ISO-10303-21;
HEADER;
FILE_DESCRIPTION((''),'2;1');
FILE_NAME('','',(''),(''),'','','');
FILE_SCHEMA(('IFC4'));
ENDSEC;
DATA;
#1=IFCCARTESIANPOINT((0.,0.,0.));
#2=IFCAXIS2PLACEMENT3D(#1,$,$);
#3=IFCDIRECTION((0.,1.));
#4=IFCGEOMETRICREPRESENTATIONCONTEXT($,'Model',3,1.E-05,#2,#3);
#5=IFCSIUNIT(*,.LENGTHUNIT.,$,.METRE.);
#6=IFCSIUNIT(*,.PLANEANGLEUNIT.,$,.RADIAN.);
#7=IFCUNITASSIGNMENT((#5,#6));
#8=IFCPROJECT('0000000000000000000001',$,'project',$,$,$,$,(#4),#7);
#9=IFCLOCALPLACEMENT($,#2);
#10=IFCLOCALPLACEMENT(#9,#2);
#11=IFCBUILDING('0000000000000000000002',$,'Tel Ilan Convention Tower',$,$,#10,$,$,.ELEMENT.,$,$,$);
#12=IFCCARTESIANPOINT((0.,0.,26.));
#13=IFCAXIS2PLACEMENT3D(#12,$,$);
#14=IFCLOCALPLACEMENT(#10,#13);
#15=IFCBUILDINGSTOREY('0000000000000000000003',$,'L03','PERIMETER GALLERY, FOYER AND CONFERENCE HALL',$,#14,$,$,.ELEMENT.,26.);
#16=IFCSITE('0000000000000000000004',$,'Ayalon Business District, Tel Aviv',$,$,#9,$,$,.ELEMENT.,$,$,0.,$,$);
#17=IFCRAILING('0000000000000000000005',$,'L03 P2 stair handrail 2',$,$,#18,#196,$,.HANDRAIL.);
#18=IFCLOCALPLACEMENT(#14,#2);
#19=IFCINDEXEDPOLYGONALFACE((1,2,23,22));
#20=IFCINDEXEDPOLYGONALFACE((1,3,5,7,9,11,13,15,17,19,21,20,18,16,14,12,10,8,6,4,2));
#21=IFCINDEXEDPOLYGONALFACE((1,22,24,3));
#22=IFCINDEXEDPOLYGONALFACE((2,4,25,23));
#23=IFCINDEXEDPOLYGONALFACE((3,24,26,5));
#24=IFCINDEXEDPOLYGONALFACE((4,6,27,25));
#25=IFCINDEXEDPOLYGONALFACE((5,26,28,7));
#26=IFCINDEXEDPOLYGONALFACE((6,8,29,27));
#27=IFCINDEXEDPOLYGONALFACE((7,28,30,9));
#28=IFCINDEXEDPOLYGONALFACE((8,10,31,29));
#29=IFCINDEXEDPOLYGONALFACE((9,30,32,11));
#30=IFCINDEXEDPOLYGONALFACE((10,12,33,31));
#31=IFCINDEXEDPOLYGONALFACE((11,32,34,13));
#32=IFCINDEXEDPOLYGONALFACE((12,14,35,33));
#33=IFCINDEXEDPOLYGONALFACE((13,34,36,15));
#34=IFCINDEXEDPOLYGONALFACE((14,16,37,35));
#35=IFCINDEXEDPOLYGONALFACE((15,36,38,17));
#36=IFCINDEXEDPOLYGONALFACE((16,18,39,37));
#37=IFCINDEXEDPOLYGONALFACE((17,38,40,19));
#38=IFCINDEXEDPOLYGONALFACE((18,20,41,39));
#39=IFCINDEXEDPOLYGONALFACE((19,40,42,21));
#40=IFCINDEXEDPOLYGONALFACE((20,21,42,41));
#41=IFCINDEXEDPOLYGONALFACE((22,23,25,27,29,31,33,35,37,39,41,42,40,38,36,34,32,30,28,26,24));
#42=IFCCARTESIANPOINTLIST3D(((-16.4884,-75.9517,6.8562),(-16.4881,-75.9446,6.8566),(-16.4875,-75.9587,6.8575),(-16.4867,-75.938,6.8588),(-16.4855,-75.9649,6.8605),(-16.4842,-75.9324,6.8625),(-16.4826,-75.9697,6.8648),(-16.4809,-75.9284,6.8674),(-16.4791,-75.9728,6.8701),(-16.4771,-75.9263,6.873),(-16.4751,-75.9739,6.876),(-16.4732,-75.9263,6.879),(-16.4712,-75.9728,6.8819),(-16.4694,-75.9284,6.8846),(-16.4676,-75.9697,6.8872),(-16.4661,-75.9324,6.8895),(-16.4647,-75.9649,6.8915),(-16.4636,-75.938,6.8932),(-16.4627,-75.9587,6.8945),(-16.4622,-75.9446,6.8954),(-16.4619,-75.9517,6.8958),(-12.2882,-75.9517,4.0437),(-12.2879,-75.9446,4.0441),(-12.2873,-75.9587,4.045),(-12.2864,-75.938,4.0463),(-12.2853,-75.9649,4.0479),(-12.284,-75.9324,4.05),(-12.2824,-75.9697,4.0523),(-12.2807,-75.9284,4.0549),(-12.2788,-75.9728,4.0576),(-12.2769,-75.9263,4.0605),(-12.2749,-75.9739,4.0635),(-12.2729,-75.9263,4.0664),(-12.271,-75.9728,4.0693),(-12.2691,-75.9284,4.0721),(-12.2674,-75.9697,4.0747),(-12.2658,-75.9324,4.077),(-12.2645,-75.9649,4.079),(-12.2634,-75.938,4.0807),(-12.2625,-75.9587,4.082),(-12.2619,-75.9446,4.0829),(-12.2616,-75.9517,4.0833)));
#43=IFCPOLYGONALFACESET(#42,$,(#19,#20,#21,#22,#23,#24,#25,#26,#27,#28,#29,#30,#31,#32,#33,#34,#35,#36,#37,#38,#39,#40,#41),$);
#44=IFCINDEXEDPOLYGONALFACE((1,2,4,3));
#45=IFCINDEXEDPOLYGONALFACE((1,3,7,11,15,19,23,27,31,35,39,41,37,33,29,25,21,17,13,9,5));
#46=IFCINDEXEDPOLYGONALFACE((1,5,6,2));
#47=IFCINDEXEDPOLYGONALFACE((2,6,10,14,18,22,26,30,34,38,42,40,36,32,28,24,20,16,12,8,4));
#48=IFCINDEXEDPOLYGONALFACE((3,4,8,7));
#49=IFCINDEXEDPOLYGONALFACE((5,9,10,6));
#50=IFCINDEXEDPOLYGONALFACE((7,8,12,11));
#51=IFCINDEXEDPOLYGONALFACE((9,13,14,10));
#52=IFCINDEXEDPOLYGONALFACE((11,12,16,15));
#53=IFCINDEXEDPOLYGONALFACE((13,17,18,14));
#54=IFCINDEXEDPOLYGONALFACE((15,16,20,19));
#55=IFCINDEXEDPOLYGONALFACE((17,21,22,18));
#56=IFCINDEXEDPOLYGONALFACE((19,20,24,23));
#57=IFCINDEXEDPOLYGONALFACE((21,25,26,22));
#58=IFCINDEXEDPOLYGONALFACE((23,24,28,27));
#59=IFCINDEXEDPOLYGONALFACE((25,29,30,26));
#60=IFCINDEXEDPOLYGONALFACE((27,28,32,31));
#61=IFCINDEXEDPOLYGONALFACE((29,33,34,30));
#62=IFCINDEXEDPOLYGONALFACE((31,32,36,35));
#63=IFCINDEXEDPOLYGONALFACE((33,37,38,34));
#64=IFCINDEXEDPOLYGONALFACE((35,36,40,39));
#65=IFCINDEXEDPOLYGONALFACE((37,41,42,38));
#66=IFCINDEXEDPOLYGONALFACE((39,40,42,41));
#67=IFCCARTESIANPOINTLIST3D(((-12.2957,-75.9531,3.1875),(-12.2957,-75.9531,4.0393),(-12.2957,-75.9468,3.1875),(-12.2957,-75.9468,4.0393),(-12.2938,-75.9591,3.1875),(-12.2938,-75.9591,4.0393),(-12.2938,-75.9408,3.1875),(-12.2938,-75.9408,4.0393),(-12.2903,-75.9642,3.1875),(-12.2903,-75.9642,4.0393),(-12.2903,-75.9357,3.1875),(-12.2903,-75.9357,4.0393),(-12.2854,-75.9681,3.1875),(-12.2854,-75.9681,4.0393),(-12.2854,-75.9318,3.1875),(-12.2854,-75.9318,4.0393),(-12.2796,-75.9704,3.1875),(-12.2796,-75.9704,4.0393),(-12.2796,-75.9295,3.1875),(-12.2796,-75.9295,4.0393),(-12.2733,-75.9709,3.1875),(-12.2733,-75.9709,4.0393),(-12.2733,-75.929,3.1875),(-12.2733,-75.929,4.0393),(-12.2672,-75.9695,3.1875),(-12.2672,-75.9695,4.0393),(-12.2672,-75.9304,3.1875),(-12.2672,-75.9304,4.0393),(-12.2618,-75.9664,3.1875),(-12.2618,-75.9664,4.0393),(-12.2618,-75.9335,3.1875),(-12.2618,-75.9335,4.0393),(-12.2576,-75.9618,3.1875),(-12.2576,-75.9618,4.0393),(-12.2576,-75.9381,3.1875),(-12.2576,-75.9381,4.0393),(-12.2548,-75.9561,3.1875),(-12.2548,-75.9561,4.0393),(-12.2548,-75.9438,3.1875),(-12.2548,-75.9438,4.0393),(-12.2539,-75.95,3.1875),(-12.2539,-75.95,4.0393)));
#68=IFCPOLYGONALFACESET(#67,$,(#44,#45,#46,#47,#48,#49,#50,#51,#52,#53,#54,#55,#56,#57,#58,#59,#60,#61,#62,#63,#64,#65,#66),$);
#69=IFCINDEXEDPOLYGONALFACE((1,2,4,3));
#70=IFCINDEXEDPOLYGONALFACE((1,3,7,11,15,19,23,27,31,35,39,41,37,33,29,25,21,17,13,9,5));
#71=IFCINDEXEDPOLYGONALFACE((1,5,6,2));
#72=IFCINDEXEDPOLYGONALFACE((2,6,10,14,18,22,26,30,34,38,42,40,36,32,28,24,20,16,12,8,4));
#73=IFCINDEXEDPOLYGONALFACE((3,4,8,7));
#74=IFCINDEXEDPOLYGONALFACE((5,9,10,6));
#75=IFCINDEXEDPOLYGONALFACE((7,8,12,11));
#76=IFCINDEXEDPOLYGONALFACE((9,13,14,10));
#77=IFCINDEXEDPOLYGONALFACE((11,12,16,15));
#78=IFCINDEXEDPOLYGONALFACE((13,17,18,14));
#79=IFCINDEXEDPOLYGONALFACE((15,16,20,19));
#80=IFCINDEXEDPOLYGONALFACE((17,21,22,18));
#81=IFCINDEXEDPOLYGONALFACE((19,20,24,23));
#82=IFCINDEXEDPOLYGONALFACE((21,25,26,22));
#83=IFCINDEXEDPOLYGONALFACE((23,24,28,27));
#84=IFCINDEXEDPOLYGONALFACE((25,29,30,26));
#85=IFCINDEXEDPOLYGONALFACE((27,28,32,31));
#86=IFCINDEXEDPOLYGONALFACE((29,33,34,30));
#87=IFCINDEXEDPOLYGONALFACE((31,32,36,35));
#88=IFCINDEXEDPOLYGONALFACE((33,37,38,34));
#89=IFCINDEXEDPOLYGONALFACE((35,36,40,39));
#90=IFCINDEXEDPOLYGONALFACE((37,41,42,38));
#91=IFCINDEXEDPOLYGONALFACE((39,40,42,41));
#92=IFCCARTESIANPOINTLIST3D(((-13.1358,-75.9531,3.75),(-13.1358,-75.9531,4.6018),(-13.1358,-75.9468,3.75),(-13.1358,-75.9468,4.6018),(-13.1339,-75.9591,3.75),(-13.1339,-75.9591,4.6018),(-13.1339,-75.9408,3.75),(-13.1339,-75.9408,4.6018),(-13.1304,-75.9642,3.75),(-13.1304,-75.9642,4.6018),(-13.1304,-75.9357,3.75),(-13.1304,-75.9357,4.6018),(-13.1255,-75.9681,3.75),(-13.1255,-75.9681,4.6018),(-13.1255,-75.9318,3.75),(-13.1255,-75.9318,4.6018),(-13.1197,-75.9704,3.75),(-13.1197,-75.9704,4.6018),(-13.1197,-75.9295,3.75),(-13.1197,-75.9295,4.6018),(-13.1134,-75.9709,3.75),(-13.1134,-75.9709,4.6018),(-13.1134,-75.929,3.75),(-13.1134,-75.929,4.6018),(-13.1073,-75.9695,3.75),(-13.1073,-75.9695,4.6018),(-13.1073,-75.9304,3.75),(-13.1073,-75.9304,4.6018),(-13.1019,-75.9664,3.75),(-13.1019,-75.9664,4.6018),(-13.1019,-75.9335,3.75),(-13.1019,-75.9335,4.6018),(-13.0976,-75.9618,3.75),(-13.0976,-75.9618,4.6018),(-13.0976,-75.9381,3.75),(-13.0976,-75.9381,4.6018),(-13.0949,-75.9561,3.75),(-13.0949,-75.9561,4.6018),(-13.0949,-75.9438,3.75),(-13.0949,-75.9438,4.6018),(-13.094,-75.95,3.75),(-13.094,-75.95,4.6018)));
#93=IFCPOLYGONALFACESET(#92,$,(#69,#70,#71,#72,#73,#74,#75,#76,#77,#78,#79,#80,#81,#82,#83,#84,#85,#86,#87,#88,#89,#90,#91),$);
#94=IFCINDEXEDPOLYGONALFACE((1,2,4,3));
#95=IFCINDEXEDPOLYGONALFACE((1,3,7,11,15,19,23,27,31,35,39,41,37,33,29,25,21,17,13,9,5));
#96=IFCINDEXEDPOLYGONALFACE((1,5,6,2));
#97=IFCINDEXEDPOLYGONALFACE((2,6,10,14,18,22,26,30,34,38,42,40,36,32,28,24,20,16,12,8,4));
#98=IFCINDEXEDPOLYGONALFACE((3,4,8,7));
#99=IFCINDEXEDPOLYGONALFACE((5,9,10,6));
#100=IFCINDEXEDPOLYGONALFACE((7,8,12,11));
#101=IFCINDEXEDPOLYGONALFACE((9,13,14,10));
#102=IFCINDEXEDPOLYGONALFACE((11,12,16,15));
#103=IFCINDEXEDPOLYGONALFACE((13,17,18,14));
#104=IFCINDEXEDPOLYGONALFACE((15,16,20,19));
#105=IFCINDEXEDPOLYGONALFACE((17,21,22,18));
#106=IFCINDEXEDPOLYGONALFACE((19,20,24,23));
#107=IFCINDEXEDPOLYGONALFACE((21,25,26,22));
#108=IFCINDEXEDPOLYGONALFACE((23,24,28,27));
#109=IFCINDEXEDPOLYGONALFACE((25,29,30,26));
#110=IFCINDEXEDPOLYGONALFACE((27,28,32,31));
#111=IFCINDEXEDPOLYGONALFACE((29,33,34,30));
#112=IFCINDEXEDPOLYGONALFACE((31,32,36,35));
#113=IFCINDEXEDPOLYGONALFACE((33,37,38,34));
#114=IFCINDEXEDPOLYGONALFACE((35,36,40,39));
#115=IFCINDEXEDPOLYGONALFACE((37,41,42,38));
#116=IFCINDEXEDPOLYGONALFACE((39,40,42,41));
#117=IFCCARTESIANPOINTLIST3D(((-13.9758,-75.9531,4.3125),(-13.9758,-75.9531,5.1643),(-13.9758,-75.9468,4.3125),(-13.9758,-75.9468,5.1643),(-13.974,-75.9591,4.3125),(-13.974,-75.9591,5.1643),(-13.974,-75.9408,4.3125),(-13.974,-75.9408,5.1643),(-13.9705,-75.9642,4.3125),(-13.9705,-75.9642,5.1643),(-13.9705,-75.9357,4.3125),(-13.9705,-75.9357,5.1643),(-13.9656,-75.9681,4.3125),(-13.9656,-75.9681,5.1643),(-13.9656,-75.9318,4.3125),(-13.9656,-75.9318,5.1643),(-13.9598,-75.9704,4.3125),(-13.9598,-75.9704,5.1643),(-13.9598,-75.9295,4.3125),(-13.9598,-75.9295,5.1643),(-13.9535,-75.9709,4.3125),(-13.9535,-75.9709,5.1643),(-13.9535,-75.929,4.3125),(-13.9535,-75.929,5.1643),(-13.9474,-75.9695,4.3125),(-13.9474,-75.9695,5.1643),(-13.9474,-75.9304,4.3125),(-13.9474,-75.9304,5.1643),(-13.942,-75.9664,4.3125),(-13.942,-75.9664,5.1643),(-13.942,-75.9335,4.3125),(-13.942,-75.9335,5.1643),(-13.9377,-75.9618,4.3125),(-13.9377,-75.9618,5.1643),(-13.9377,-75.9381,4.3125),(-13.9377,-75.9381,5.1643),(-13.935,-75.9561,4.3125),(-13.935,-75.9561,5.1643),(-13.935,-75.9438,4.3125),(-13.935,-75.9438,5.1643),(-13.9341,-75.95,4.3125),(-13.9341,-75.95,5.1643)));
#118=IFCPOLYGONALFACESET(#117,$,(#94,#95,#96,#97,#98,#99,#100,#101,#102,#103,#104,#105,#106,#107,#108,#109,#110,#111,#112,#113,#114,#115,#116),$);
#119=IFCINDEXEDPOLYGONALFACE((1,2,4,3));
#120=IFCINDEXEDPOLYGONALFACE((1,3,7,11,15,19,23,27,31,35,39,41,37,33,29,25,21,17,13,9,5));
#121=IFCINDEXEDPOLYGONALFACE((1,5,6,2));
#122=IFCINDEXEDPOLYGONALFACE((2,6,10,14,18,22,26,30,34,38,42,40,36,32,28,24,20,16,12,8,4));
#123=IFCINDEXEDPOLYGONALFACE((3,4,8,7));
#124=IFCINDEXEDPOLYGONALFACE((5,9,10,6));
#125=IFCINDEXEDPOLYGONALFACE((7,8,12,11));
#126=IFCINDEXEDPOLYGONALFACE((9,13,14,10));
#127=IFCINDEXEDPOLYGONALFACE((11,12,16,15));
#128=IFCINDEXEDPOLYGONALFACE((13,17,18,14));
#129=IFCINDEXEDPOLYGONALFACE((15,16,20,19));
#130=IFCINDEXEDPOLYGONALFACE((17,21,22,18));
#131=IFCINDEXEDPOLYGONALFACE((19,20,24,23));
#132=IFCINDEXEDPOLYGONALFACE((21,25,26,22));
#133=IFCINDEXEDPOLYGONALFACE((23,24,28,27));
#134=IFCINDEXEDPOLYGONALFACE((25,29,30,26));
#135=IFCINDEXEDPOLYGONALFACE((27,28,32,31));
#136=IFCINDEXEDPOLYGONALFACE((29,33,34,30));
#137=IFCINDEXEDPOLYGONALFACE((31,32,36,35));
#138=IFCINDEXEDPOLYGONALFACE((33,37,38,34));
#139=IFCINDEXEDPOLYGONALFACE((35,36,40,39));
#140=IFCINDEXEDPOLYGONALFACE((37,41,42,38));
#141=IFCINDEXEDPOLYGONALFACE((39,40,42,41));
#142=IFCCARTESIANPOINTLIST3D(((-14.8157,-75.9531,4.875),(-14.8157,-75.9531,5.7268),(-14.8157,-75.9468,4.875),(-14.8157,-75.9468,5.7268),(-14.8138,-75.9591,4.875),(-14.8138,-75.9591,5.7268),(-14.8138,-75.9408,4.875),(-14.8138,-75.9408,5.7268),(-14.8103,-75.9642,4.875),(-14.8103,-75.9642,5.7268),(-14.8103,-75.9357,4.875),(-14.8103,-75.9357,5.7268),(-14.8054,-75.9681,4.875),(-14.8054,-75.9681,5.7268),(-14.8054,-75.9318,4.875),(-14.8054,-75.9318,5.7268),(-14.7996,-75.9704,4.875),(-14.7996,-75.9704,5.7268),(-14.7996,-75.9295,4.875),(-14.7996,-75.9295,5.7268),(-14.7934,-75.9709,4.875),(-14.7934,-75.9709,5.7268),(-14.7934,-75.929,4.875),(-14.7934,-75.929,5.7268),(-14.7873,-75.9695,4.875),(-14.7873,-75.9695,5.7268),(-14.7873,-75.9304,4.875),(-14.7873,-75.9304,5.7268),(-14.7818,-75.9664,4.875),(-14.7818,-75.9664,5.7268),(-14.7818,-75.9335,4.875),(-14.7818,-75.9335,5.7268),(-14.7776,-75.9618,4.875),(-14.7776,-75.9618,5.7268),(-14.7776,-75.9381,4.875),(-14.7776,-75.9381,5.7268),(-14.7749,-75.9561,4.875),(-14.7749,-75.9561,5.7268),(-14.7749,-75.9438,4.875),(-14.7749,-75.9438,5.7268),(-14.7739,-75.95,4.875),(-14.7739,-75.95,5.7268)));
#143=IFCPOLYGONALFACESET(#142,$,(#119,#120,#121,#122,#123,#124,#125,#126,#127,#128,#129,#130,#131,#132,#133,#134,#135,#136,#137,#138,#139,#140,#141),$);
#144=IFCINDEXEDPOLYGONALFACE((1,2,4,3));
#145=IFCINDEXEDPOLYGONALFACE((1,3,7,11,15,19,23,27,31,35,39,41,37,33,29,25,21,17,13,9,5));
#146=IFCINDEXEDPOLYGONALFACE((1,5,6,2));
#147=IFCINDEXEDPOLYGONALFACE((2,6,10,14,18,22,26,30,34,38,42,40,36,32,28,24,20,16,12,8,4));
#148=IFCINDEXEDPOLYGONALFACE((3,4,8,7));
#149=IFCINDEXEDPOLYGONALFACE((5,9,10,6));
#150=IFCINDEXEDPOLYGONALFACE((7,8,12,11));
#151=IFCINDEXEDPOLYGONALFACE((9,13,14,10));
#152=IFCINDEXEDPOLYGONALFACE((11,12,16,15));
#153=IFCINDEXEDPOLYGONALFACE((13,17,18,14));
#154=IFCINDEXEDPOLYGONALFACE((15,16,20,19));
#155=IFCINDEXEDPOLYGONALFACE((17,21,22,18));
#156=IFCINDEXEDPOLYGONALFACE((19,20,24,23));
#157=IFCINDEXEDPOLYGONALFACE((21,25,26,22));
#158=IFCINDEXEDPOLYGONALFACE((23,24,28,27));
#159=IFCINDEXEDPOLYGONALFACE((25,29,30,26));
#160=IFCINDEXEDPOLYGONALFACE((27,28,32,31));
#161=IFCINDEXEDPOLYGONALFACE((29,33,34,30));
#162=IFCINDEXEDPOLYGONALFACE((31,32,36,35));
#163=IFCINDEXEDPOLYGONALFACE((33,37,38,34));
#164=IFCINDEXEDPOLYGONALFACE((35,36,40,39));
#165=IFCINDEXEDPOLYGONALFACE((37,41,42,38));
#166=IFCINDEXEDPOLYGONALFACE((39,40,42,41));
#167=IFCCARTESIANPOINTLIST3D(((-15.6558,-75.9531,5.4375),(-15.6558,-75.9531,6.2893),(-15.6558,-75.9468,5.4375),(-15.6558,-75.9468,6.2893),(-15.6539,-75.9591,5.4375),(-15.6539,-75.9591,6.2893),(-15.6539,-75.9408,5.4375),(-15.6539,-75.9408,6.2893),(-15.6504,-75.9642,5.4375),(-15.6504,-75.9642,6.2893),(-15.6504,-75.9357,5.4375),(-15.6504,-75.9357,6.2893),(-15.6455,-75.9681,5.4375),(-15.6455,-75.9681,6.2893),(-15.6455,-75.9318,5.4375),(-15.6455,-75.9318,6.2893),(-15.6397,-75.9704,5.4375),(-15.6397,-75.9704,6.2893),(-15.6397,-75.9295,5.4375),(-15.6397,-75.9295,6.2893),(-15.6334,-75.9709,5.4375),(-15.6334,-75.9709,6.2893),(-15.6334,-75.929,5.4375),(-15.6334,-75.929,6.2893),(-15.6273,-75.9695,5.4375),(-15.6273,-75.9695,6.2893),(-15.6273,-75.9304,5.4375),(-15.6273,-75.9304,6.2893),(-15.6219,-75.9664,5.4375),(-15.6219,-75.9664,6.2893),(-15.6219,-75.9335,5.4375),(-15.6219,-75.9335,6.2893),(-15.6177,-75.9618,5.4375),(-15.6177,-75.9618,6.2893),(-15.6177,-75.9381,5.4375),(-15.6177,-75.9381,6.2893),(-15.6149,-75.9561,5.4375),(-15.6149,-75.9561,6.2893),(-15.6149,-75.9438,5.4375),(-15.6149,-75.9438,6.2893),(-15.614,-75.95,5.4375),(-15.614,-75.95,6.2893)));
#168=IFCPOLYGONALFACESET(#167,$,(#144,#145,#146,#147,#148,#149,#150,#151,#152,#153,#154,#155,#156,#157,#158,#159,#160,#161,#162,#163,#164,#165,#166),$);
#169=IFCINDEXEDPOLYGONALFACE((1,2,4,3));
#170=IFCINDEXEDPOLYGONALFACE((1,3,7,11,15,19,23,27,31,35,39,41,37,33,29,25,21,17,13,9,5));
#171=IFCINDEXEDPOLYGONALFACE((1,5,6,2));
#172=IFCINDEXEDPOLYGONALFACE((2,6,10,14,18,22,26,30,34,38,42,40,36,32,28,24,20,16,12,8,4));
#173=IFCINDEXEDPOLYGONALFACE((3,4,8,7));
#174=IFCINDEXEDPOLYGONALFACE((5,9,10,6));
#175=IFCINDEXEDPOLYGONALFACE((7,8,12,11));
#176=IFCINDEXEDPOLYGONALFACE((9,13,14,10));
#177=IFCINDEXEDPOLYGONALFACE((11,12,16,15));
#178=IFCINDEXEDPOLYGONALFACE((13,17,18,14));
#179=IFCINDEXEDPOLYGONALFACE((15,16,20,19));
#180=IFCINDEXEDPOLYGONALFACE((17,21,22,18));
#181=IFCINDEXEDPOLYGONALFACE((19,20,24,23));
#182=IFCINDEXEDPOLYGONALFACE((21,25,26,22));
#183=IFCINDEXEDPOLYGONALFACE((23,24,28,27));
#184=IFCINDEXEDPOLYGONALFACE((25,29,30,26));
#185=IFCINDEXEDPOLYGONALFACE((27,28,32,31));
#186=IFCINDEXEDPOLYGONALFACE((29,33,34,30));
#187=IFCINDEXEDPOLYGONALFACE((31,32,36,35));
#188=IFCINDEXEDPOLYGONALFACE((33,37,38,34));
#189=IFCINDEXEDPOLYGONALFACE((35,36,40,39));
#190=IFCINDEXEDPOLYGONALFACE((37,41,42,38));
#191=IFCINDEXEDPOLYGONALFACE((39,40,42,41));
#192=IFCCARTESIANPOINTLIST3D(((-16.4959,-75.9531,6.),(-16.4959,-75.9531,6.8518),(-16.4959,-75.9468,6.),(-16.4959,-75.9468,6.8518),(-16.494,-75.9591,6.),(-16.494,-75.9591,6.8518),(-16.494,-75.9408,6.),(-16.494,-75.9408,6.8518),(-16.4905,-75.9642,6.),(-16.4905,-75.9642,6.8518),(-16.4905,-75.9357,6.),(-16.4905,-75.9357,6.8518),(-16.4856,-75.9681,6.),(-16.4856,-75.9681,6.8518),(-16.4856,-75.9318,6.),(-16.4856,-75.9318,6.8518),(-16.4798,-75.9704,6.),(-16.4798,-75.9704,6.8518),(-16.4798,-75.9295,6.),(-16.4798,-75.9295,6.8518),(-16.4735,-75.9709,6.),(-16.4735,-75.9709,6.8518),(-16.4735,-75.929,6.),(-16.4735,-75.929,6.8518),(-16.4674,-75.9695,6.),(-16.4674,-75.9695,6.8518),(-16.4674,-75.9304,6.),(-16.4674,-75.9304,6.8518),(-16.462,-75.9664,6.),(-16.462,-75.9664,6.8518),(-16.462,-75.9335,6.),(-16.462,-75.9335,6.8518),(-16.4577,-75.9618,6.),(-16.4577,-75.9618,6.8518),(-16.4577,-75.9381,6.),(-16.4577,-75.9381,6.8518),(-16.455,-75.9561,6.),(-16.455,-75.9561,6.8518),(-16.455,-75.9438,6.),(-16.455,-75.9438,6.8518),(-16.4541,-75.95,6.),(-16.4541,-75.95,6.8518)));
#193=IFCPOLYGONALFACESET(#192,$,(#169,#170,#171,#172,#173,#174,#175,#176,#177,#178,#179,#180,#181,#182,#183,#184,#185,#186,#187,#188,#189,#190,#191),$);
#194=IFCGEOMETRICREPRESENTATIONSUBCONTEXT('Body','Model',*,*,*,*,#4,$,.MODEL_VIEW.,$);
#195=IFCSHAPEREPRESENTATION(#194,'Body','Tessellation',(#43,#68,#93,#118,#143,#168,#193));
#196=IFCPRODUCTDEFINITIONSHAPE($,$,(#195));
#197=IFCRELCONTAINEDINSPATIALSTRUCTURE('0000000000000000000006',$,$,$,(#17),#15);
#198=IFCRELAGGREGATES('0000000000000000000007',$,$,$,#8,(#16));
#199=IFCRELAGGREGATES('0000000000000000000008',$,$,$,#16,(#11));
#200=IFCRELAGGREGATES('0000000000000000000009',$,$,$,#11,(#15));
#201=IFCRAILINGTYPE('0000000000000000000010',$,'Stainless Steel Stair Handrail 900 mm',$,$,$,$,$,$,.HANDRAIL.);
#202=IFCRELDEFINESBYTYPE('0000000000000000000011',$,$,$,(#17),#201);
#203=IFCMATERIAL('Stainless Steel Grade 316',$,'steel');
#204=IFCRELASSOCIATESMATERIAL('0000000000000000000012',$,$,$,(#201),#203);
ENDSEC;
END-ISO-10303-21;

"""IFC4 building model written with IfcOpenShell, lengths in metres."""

from ifc_helpers import new_model, si_unit, direction, frame, origin, origin_2d, place, context, subcontext, project, spatial, circle, extrude, material, type_object, element, save


model = new_model("IFC4")

# Units and contexts
model_context = context("Model", 3, precision=1e-05, world=origin(), true_north=direction((0.0, 1.0)))
body_context = subcontext(model_context, "Body", "Model", "MODEL_VIEW")
ifc_project = project(units=[si_unit("LENGTHUNIT", "METRE"), si_unit("PLANEANGLEUNIT", "RADIAN")], contexts=[model_context])

# Site, building, storey
site_placement = place(None, origin())
site = spatial("IfcSite", under=ifc_project, at=site_placement, Name="Ayalon Business District, Tel Aviv", CompositionType="ELEMENT", RefElevation=0.0)
building_placement = place(site_placement, origin())
building = spatial("IfcBuilding", under=site, at=building_placement, Name="Tel Ilan Convention Tower", CompositionType="ELEMENT")
storey_placement = place(building_placement, frame((0.0, 0.0, 26.0)))
storey = spatial("IfcBuildingStorey", under=building, at=storey_placement, Name="L03", Description="PERIMETER GALLERY, FOYER AND CONFERENCE HALL", CompositionType="ELEMENT", Elevation=26.0)

# Railing
ifc_material_1 = material(Name="Stainless Steel Grade 316", Category="steel")
railing_type_1 = type_object("IfcRailingType", Name="Stainless Steel Stair Handrail 900 mm", PredefinedType="HANDRAIL", material=ifc_material_1)
railing_1_placement = place(storey_placement, frame((-12.2749, -75.95, 3.1875)))
element("IfcRailing", 1, at=railing_1_placement, inside=storey, type_object=railing_type_1, Name="L03 P2 stair handrail 2", PredefinedType="HANDRAIL", context=body_context, shape_type="SweptSolid", body=[
    extrude(circle(Radius=0.0239, at=origin_2d()), frame((0.0, 0.0, 0.876), z_axis=(-0.830919, 0.0, 0.556393), x_axis=(0.0, -1.0, 0.0)), (0.0, 0.0, 1.0), 5.0549),
    extrude(circle(Radius=0.021, at=origin_2d()), origin(), (0.0, 0.0, 1.0), 0.8518),
    extrude(circle(Radius=0.021, at=origin_2d()), frame((-0.8401, 0.0, 0.5625)), (0.0, 0.0, 1.0), 0.8518),
    extrude(circle(Radius=0.021, at=origin_2d()), frame((-1.6802, 0.0, 1.125)), (0.0, 0.0, 1.0), 0.8518),
    extrude(circle(Radius=0.021, at=origin_2d()), frame((-2.52, 0.0, 1.6875)), (0.0, 0.0, 1.0), 0.8518),
    extrude(circle(Radius=0.021, at=origin_2d()), frame((-3.3601, 0.0, 2.25)), (0.0, 0.0, 1.0), 0.8518),
    extrude(circle(Radius=0.021, at=origin_2d()), frame((-4.2002, 0.0, 2.8125)), (0.0, 0.0, 1.0), 0.8518),
])

save(model, "model.ifc")
